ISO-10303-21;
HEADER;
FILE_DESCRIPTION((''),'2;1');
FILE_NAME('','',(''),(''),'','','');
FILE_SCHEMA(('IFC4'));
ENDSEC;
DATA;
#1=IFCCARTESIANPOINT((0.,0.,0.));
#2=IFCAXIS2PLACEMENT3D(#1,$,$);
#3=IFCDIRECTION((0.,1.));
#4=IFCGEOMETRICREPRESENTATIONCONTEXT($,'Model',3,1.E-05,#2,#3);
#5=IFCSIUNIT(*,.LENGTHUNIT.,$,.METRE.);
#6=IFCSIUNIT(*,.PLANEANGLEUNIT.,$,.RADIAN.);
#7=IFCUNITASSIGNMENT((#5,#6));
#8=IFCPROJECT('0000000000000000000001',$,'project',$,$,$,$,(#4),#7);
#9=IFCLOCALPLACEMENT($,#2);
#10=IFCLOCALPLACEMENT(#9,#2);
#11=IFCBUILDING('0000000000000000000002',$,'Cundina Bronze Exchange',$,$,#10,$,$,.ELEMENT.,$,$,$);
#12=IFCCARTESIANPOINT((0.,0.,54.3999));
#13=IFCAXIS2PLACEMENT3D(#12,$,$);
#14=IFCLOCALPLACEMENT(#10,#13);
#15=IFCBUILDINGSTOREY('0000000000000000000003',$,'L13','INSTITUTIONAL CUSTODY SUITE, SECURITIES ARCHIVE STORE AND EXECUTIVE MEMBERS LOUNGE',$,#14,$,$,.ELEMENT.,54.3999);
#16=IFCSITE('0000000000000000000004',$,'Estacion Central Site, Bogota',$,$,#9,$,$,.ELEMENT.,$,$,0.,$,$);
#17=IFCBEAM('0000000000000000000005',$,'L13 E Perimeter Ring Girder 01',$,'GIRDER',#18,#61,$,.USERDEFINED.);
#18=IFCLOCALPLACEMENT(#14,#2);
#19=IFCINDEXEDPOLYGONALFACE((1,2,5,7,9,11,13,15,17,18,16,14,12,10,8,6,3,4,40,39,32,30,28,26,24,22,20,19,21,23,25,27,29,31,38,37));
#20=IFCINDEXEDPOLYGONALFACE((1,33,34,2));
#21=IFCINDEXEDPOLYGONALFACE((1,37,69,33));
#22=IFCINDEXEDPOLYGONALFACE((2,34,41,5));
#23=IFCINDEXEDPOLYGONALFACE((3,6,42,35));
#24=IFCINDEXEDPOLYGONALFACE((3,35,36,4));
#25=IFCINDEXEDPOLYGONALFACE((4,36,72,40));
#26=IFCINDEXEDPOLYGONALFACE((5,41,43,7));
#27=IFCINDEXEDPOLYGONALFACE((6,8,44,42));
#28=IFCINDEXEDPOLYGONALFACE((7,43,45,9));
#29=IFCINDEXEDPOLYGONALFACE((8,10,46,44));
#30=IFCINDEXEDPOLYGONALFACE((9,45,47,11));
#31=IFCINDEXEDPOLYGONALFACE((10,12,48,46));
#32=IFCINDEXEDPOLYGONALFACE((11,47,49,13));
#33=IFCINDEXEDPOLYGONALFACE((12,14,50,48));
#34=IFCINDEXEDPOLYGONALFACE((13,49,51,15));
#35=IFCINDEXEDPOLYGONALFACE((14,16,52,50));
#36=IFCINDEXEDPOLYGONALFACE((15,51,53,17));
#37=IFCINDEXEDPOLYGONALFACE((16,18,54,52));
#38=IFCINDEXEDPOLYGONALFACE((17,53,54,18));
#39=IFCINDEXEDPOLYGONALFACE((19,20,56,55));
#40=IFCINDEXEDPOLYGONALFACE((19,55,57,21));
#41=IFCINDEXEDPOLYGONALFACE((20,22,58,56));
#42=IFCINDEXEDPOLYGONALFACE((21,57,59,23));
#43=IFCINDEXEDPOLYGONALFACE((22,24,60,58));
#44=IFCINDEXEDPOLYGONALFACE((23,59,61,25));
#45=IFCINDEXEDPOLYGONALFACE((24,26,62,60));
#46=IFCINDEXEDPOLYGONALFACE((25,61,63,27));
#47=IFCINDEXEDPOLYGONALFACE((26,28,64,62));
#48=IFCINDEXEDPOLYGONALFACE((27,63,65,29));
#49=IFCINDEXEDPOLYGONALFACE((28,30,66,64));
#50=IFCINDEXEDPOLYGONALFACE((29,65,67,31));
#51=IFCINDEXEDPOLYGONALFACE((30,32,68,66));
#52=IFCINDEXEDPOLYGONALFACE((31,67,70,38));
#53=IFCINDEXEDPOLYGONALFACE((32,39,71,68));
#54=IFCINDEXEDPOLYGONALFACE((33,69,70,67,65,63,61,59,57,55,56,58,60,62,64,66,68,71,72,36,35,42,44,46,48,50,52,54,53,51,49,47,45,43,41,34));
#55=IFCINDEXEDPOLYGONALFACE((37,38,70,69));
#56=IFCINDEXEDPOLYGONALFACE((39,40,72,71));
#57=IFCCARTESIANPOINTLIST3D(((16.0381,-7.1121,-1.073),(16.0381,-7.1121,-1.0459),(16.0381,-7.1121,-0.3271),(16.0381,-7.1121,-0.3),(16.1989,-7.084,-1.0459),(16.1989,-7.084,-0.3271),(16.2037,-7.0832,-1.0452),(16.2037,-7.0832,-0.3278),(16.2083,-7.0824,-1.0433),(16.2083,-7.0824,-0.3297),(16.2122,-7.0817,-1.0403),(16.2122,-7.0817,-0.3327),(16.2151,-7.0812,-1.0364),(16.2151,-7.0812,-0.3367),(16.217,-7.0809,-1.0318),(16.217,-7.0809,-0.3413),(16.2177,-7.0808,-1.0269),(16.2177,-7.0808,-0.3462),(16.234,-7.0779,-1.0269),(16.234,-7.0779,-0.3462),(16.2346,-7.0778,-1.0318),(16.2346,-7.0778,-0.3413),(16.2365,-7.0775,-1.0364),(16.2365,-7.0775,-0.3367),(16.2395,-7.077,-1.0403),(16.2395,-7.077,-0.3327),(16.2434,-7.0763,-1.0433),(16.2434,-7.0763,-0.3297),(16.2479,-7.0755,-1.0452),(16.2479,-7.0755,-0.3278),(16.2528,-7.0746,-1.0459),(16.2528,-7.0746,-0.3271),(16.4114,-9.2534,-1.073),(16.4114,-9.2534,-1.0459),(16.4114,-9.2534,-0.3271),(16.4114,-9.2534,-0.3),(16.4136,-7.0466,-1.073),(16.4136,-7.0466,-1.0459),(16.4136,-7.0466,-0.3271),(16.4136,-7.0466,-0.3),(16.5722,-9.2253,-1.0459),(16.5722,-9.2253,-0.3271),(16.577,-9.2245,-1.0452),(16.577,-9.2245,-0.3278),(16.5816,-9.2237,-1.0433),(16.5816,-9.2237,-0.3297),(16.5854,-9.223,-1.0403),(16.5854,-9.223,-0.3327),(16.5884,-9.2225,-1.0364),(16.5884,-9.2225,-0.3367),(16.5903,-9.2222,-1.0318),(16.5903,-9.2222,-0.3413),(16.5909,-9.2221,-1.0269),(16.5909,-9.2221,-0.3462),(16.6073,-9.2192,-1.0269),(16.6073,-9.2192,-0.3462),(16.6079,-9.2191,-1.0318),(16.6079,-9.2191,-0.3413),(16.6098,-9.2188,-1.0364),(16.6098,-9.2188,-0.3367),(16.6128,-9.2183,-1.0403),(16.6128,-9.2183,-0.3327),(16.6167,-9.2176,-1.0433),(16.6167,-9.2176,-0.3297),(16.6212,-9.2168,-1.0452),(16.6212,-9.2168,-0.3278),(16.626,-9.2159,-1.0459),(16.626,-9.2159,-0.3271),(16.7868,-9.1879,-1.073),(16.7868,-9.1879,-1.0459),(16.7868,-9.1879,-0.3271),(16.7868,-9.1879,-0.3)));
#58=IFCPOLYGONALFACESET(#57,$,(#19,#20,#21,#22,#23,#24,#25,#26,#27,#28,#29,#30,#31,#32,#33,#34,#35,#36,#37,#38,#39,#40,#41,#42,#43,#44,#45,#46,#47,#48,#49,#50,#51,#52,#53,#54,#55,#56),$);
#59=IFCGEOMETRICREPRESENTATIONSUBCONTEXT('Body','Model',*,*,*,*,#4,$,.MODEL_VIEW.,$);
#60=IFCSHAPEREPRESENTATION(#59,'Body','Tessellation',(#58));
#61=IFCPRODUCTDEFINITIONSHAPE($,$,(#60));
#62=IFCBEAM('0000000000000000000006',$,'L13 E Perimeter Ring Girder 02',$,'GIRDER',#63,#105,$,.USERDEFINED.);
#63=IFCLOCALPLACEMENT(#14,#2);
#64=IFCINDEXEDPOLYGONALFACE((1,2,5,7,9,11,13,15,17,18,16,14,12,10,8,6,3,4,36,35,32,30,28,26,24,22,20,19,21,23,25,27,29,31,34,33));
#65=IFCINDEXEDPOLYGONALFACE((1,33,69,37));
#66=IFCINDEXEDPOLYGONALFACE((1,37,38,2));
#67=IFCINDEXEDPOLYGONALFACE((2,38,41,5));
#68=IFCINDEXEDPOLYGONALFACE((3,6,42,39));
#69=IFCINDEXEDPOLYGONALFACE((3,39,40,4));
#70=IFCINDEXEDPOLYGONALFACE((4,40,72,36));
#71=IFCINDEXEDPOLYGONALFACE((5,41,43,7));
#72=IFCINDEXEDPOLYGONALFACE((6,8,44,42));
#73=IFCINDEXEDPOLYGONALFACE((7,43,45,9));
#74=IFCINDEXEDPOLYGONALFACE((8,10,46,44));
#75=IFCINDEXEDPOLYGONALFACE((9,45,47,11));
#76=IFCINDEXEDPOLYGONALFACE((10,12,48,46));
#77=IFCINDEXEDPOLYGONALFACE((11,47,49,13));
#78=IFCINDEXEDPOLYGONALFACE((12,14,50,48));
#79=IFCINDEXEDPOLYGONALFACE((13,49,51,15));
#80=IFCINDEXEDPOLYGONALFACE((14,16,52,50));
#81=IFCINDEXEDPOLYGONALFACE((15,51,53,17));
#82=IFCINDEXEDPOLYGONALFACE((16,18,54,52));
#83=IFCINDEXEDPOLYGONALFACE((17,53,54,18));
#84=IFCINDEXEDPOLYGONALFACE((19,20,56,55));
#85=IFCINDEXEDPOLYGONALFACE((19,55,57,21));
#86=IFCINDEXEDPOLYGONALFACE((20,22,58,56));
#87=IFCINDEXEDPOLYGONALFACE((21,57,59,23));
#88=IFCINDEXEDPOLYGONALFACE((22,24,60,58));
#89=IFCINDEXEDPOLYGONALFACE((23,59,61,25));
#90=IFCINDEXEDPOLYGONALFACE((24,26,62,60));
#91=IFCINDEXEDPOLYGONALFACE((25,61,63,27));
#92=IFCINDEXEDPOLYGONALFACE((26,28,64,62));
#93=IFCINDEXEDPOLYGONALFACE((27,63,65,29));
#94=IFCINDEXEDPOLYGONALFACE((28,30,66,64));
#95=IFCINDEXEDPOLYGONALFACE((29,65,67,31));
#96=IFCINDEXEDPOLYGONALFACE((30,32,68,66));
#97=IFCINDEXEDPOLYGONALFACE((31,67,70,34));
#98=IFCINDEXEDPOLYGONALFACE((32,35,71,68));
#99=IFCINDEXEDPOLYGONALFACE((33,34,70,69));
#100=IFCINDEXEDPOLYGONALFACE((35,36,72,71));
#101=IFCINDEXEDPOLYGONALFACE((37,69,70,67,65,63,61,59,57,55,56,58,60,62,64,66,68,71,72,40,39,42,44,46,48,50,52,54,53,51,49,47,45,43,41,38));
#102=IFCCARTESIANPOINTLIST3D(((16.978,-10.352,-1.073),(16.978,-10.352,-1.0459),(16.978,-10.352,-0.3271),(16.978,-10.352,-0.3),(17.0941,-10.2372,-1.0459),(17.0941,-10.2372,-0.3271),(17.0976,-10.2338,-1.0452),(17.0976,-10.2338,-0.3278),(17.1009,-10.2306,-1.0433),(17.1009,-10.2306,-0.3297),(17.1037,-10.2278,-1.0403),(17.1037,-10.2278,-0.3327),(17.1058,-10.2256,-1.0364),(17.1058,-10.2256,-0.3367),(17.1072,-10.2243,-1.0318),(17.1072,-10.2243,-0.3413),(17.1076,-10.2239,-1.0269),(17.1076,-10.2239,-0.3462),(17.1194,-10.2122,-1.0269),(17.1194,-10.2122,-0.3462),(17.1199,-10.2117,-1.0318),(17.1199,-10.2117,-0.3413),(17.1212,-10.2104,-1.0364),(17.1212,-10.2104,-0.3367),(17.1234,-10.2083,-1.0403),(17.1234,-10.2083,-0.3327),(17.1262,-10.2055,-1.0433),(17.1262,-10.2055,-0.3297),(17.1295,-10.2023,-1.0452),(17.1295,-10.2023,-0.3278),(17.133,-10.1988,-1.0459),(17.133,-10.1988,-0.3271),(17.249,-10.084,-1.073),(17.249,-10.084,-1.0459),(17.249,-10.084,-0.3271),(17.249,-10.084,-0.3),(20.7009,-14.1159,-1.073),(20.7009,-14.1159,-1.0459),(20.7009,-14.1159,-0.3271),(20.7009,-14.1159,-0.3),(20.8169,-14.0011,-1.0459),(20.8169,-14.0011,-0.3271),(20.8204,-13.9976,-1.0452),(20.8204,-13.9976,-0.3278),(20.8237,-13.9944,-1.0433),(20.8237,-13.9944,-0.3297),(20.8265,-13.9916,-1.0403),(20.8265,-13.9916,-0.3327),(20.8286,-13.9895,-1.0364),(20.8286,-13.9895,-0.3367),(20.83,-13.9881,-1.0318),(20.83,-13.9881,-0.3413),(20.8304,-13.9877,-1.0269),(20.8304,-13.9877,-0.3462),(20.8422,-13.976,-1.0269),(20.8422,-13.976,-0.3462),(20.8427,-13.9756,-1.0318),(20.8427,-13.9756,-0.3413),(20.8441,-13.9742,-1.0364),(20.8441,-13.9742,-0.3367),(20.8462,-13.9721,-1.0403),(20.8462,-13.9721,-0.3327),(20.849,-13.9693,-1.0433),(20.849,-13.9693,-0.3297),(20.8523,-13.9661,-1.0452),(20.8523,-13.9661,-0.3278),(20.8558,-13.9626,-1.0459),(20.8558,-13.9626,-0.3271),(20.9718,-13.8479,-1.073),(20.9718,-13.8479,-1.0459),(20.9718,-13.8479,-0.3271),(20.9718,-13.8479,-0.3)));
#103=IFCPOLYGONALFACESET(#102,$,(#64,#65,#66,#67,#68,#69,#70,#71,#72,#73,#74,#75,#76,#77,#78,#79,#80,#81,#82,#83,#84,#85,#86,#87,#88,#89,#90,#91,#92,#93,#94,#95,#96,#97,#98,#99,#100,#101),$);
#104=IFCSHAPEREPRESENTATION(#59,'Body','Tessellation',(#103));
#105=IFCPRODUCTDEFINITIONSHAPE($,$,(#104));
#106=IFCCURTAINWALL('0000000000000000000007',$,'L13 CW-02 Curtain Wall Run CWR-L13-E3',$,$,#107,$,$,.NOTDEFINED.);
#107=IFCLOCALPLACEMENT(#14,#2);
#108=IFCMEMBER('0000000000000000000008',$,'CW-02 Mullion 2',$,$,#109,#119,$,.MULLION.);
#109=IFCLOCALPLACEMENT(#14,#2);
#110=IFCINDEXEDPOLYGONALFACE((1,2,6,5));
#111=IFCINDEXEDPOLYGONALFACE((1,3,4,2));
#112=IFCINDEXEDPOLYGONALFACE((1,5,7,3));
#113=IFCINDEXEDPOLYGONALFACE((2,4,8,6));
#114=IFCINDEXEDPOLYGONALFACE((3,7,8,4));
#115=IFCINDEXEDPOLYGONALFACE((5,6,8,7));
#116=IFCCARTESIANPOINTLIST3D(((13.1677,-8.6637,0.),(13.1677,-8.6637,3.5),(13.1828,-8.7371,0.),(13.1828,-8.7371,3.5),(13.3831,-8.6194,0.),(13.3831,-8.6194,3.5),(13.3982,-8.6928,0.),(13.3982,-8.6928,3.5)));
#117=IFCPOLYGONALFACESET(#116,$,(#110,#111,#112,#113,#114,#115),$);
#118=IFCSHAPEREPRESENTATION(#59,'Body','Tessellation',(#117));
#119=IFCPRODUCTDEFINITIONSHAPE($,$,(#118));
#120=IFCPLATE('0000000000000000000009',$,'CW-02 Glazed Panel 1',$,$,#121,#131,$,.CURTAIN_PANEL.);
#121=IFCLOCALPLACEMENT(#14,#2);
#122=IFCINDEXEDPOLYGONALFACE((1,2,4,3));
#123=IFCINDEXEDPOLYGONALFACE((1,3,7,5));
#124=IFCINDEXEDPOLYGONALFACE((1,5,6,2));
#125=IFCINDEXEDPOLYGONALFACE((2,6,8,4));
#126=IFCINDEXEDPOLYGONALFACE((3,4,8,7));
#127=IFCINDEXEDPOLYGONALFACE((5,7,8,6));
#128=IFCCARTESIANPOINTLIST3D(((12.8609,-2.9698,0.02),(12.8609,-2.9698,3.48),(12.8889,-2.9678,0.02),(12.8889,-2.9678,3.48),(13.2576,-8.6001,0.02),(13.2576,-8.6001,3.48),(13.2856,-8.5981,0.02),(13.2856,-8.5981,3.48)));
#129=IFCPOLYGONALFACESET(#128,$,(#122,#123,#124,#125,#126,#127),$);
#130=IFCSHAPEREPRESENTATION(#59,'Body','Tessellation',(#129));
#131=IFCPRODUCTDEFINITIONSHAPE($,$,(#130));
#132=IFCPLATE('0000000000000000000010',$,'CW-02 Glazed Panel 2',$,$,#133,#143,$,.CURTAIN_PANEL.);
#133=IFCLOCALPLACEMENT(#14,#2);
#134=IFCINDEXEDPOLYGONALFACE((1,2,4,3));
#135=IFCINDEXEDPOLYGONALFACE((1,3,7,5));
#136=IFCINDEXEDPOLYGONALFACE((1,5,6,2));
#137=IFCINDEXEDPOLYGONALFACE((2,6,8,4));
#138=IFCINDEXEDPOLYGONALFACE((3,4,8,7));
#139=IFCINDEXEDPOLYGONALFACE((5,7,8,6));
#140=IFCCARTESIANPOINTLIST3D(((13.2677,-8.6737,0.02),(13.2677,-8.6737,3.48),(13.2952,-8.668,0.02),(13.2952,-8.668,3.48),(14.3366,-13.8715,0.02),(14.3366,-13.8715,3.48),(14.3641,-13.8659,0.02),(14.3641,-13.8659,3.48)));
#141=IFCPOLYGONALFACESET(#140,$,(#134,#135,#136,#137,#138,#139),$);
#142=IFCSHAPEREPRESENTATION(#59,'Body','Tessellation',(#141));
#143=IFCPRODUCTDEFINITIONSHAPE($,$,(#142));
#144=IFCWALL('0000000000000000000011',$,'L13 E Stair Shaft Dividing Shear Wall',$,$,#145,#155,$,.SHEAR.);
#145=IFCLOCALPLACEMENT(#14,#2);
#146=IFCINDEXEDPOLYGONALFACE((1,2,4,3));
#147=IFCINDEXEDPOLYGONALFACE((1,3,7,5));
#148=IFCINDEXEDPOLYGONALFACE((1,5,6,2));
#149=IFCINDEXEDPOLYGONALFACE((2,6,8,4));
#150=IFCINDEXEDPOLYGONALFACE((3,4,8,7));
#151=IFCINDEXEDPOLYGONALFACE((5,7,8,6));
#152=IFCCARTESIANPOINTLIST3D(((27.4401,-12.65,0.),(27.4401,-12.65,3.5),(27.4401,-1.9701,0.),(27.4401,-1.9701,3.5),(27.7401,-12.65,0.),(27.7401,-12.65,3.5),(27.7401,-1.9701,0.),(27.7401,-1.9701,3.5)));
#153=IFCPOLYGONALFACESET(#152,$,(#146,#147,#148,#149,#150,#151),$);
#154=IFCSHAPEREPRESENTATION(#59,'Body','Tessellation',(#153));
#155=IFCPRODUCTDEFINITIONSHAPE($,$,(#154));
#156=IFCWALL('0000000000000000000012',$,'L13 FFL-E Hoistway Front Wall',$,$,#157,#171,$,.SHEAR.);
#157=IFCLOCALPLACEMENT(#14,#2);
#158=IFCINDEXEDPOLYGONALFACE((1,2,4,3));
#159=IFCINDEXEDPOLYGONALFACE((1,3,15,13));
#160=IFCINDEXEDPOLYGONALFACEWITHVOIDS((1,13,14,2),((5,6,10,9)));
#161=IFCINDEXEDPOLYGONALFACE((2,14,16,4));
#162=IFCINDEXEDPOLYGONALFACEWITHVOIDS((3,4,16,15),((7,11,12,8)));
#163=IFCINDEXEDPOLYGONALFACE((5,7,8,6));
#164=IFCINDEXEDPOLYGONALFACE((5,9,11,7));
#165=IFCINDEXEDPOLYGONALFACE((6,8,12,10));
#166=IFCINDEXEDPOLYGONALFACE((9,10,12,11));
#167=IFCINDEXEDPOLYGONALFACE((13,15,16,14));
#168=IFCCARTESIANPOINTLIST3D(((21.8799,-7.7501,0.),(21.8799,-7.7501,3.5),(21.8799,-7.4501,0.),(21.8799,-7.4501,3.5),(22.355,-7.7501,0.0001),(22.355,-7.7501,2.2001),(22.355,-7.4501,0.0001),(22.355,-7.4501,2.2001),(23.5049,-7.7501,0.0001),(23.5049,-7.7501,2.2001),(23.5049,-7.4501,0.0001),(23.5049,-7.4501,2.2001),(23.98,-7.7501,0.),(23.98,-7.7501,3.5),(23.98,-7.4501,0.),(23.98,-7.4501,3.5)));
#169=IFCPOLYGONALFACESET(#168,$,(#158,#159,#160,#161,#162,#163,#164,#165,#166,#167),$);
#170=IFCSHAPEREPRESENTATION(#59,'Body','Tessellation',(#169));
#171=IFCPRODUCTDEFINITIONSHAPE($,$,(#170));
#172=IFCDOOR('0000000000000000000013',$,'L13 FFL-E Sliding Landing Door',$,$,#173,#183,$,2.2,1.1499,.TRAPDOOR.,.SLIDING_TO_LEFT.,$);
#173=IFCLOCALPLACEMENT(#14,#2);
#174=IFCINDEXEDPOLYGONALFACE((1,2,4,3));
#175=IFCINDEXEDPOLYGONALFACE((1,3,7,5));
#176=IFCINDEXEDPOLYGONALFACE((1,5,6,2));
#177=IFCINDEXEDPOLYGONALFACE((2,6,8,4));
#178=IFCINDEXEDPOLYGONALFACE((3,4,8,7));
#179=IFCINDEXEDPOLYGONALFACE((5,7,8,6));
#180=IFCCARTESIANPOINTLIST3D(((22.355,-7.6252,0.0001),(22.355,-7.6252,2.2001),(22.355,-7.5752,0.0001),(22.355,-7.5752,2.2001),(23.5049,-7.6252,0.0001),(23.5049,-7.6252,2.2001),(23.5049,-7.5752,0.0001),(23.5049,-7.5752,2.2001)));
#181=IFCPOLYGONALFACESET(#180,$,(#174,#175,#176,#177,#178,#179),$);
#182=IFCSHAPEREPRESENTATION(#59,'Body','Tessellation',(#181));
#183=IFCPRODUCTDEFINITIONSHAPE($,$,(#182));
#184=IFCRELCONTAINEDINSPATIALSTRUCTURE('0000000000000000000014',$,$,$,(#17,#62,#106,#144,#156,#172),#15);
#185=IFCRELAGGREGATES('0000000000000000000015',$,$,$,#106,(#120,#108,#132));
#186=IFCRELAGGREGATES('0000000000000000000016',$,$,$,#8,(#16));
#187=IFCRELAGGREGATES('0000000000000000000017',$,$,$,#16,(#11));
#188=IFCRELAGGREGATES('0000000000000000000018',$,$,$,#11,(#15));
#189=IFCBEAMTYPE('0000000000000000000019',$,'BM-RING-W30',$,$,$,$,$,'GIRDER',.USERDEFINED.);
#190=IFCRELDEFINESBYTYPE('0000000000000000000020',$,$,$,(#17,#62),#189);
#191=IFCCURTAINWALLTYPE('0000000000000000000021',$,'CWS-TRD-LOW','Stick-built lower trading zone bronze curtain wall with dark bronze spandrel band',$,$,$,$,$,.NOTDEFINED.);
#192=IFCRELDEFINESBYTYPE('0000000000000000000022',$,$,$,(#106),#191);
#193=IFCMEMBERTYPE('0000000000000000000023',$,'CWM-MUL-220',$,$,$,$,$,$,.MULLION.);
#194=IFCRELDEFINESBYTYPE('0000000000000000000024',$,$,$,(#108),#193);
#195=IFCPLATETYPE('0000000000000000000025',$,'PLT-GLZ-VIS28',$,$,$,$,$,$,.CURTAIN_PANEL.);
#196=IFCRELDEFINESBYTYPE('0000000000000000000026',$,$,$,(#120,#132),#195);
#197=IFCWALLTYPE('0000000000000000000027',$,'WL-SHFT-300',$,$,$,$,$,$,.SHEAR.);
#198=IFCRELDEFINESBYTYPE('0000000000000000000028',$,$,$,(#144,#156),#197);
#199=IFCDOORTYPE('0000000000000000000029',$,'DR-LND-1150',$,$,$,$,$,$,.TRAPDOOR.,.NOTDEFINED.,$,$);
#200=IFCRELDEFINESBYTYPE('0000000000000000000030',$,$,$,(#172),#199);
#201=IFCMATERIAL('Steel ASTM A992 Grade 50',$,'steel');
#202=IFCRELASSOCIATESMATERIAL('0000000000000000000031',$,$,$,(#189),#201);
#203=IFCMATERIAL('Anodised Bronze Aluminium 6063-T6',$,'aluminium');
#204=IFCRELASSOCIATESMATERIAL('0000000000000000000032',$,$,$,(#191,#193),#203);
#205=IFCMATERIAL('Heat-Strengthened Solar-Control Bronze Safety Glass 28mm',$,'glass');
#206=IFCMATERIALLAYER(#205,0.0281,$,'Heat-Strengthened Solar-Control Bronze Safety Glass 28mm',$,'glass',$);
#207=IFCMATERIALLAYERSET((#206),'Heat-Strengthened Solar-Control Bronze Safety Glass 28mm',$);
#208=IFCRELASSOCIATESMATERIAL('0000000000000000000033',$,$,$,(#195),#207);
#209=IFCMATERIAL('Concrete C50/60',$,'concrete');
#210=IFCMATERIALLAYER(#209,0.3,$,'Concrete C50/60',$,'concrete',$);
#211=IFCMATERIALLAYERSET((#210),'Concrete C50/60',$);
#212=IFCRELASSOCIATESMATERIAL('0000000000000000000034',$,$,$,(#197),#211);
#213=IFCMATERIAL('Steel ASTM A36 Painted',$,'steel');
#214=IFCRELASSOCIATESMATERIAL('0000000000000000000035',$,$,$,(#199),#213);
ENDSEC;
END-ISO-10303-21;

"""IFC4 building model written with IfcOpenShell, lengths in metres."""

from ifc_helpers import new_model, si_unit, direction, frame, frame_2d, origin, origin_2d, place, context, subcontext, project, spatial, rectangle, i_section, extrude, material, layer, layer_set, material_profile, profile_set, type_object, element, fill, aggregate, save


model = new_model("IFC4")

# Units and contexts
model_context = context("Model", 3, precision=1e-05, world=origin(), true_north=direction((0.0, 1.0)))
body_context = subcontext(model_context, "Body", "Model", "MODEL_VIEW")
ifc_project = project(units=[si_unit("LENGTHUNIT", "METRE"), si_unit("PLANEANGLEUNIT", "RADIAN")], contexts=[model_context])

# Site, building, storey
site_placement = place(None, origin())
site = spatial("IfcSite", under=ifc_project, at=site_placement, Name="Estacion Central Site, Bogota", CompositionType="ELEMENT", RefElevation=0.0)
building_placement = place(site_placement, origin())
building = spatial("IfcBuilding", under=site, at=building_placement, Name="Cundina Bronze Exchange", CompositionType="ELEMENT")
storey_placement = place(building_placement, frame((0.0, 0.0, 54.3999)))
storey = spatial("IfcBuildingStorey", under=building, at=storey_placement, Name="L13", Description="INSTITUTIONAL CUSTODY SUITE, SECURITIES ARCHIVE STORE AND EXECUTIVE MEMBERS LOUNGE", CompositionType="ELEMENT", Elevation=54.3999)

# Beams
ifc_material_1 = material(Name="Steel ASTM A992 Grade 50", Category="steel")
ifc_material_profile_1 = material_profile(ifc_material_1, i_section(OverallWidth=0.3811, OverallDepth=0.7729, WebThickness=0.0166, FlangeThickness=0.0271, FilletRadius=0.019, at=origin_2d()), Name="W30X173", Category="steel")
ifc_profile_set_1 = profile_set([ifc_material_profile_1], Name="Steel ASTM A992 Grade 50")
beam_type_1 = type_object("IfcBeamType", Name="BM-RING-W30", ElementType="GIRDER", PredefinedType="USERDEFINED", material=ifc_profile_set_1)
beam_1_placement = place(storey_placement, frame((16.2258, -7.0793, -0.6865), z_axis=(0.171735, -0.985143, 0.0), x_axis=(0.985143, 0.171735, 0.0)))
element("IfcBeam", 1, at=beam_1_placement, inside=storey, type_object=beam_type_1, Name="L13 E Perimeter Ring Girder 01", ObjectType="GIRDER", PredefinedType="USERDEFINED", context=body_context, shape_type="SweptSolid", body=[
    extrude(i_section(OverallWidth=0.3811, OverallDepth=0.7729, WebThickness=0.0166, FlangeThickness=0.0271, FilletRadius=0.019, at=origin_2d()), origin(), (0.0, 0.0, 1.0), 2.1736),
])
beam_2_placement = place(storey_placement, frame((17.1135, -10.218, -0.6865), z_axis=(0.703222, -0.71097, 0.0), x_axis=(0.71097, 0.703222, 0.0)))
element("IfcBeam", 2, at=beam_2_placement, inside=storey, type_object=beam_type_1, Name="L13 E Perimeter Ring Girder 02", ObjectType="GIRDER", PredefinedType="USERDEFINED", context=body_context, shape_type="SweptSolid", body=[
    extrude(i_section(OverallWidth=0.3811, OverallDepth=0.7729, WebThickness=0.0166, FlangeThickness=0.0271, FilletRadius=0.019, at=origin_2d()), origin(), (0.0, 0.0, 1.0), 5.2939),
])

# Curtain wall, member, plates
ifc_material_2 = material(Name="Anodised Bronze Aluminium 6063-T6", Category="aluminium")
curtain_wall_type = type_object("IfcCurtainWallType", Name="CWS-TRD-LOW", Description="Stick-built lower trading zone bronze curtain wall with dark bronze spandrel band", PredefinedType="NOTDEFINED", material=ifc_material_2)
curtain_wall_placement = place(storey_placement, origin())
curtain_wall = element("IfcCurtainWall", 3, at=curtain_wall_placement, inside=storey, type_object=curtain_wall_type, Name="L13 CW-02 Curtain Wall Run CWR-L13-E3", PredefinedType="NOTDEFINED")
ifc_material_profile_2 = material_profile(ifc_material_2, rectangle(XDim=0.075, YDim=0.22, at=origin_2d()), Name="AL75X220", Category="aluminium")
ifc_profile_set_2 = profile_set([ifc_material_profile_2], Name="Anodised Bronze Aluminium 6063-T6")
member_type = type_object("IfcMemberType", Name="CWM-MUL-220", PredefinedType="MULLION", material=ifc_profile_set_2)
member_placement = place(storey_placement, frame((13.283, -8.6782, 0.0), z_axis=(0.0, 0.0, 1.0), x_axis=(0.20142, -0.979505, 0.0)))
member = element("IfcMember", 4, at=member_placement, type_object=member_type, Name="CW-02 Mullion 2", PredefinedType="MULLION", context=body_context, shape_type="SweptSolid", body=[
    extrude(rectangle(XDim=0.075, YDim=0.22, at=origin_2d()), origin(), (0.0, 0.0, 1.0), 3.5),
])
ifc_material_3 = material(Name="Heat-Strengthened Solar-Control Bronze Safety Glass 28mm", Category="glass")
ifc_layer_1 = layer(ifc_material_3, 0.0281, Name="Heat-Strengthened Solar-Control Bronze Safety Glass 28mm", Category="glass")
ifc_layer_set_1 = layer_set([ifc_layer_1], Name="Heat-Strengthened Solar-Control Bronze Safety Glass 28mm")
plate_type = type_object("IfcPlateType", Name="PLT-GLZ-VIS28", PredefinedType="CURTAIN_PANEL", material=ifc_layer_set_1)
plate_1_placement = place(storey_placement, frame((13.0732, -5.7839, 0.02), z_axis=(0.0, 0.0, 1.0), x_axis=(0.070279, -0.997527, 0.0)))
plate_1 = element("IfcPlate", 5, at=plate_1_placement, type_object=plate_type, Name="CW-02 Glazed Panel 1", PredefinedType="CURTAIN_PANEL", context=body_context, shape_type="SweptSolid", body=[
    extrude(rectangle(XDim=5.6443, YDim=0.0281, at=origin_2d()), origin(), (0.0, 0.0, 1.0), 3.46),
])
plate_2_placement = place(storey_placement, frame((13.8159, -11.2698, 0.02), z_axis=(0.0, 0.0, 1.0), x_axis=(0.20142, -0.979505, 0.0)))
plate_2 = element("IfcPlate", 6, at=plate_2_placement, type_object=plate_type, Name="CW-02 Glazed Panel 2", PredefinedType="CURTAIN_PANEL", context=body_context, shape_type="SweptSolid", body=[
    extrude(rectangle(XDim=5.3066, YDim=0.0281, at=origin_2d()), origin(), (0.0, 0.0, 1.0), 3.46),
])
aggregate(curtain_wall, [plate_1, member, plate_2])

# Wall
ifc_material_4 = material(Name="Concrete C50/60", Category="concrete")
ifc_layer_2 = layer(ifc_material_4, 0.3, Name="Concrete C50/60", Category="concrete")
ifc_layer_set_2 = layer_set([ifc_layer_2], Name="Concrete C50/60")
wall_type_1 = type_object("IfcWallType", Name="WL-SHFT-300", PredefinedType="SHEAR", material=ifc_layer_set_2)
wall_1_placement = place(storey_placement, frame((27.5901, -12.6499, 0.0), z_axis=(0.0, 0.0, 1.0), x_axis=(0.0, 1.0, 0.0)))
element("IfcWall", 7, at=wall_1_placement, inside=storey, type_object=wall_type_1, Name="L13 E Stair Shaft Dividing Shear Wall", PredefinedType="SHEAR", context=body_context, shape_type="SweptSolid", body=[
    extrude(rectangle(XDim=10.6799, YDim=0.3, at=frame_2d((5.3398, 0.0))), origin(), (0.0, 0.0, 1.0), 3.5),
])

# Wall, opening, door
ifc_material_5 = material(Name="Steel ASTM A36 Painted", Category="steel")
wall_2_placement = place(storey_placement, frame((21.8799, -7.6001, 0.0), z_axis=(0.0, 0.0, 1.0), x_axis=(1.0, 0.0, 0.0)))
wall_2 = element("IfcWall", 8, at=wall_2_placement, inside=storey, type_object=wall_type_1, Name="L13 FFL-E Hoistway Front Wall", PredefinedType="SHEAR", context=body_context, shape_type="SweptSolid", body=[
    extrude(rectangle(XDim=2.1001, YDim=0.3, at=frame_2d((1.05, 0.0))), origin(), (0.0, 0.0, 1.0), 3.5),
])
opening_1_placement = place(wall_2_placement, frame((0.4751, 0.0, 0.0)))
opening_1 = element("IfcOpeningElement", 9, at=opening_1_placement, cuts=wall_2, PredefinedType="OPENING", context=body_context, shape_type="SweptSolid", body=[
    extrude(rectangle(XDim=1.1499, YDim=2.2, at=frame_2d((0.575, 1.1001))), frame((0.0, 0.1599, 0.0), z_axis=(0.0, -1.0, 0.0), x_axis=(1.0, 0.0, 0.0)), (0.0, 0.0, 1.0), 0.3201),
])
door_type_1 = type_object("IfcDoorType", Name="DR-LND-1150", OperationType="NOTDEFINED", PredefinedType="TRAPDOOR", material=ifc_material_5)
door_1_placement = place(opening_1_placement, origin())
door_1 = element("IfcDoor", 10, at=door_1_placement, inside=storey, type_object=door_type_1, Name="L13 FFL-E Sliding Landing Door", OperationType="SLIDING_TO_LEFT", OverallHeight=2.2, OverallWidth=1.1499, PredefinedType="TRAPDOOR", context=body_context, shape_type="SweptSolid", body=[
    extrude(rectangle(XDim=1.1499, YDim=2.2, at=frame_2d((0.575, 1.1001))), frame((0.0, 0.0249, 0.0), z_axis=(0.0, -1.0, 0.0), x_axis=(1.0, 0.0, 0.0)), (0.0, 0.0, 1.0), 0.05),
])
fill(opening_1, door_1)

save(model, "model.ifc")
